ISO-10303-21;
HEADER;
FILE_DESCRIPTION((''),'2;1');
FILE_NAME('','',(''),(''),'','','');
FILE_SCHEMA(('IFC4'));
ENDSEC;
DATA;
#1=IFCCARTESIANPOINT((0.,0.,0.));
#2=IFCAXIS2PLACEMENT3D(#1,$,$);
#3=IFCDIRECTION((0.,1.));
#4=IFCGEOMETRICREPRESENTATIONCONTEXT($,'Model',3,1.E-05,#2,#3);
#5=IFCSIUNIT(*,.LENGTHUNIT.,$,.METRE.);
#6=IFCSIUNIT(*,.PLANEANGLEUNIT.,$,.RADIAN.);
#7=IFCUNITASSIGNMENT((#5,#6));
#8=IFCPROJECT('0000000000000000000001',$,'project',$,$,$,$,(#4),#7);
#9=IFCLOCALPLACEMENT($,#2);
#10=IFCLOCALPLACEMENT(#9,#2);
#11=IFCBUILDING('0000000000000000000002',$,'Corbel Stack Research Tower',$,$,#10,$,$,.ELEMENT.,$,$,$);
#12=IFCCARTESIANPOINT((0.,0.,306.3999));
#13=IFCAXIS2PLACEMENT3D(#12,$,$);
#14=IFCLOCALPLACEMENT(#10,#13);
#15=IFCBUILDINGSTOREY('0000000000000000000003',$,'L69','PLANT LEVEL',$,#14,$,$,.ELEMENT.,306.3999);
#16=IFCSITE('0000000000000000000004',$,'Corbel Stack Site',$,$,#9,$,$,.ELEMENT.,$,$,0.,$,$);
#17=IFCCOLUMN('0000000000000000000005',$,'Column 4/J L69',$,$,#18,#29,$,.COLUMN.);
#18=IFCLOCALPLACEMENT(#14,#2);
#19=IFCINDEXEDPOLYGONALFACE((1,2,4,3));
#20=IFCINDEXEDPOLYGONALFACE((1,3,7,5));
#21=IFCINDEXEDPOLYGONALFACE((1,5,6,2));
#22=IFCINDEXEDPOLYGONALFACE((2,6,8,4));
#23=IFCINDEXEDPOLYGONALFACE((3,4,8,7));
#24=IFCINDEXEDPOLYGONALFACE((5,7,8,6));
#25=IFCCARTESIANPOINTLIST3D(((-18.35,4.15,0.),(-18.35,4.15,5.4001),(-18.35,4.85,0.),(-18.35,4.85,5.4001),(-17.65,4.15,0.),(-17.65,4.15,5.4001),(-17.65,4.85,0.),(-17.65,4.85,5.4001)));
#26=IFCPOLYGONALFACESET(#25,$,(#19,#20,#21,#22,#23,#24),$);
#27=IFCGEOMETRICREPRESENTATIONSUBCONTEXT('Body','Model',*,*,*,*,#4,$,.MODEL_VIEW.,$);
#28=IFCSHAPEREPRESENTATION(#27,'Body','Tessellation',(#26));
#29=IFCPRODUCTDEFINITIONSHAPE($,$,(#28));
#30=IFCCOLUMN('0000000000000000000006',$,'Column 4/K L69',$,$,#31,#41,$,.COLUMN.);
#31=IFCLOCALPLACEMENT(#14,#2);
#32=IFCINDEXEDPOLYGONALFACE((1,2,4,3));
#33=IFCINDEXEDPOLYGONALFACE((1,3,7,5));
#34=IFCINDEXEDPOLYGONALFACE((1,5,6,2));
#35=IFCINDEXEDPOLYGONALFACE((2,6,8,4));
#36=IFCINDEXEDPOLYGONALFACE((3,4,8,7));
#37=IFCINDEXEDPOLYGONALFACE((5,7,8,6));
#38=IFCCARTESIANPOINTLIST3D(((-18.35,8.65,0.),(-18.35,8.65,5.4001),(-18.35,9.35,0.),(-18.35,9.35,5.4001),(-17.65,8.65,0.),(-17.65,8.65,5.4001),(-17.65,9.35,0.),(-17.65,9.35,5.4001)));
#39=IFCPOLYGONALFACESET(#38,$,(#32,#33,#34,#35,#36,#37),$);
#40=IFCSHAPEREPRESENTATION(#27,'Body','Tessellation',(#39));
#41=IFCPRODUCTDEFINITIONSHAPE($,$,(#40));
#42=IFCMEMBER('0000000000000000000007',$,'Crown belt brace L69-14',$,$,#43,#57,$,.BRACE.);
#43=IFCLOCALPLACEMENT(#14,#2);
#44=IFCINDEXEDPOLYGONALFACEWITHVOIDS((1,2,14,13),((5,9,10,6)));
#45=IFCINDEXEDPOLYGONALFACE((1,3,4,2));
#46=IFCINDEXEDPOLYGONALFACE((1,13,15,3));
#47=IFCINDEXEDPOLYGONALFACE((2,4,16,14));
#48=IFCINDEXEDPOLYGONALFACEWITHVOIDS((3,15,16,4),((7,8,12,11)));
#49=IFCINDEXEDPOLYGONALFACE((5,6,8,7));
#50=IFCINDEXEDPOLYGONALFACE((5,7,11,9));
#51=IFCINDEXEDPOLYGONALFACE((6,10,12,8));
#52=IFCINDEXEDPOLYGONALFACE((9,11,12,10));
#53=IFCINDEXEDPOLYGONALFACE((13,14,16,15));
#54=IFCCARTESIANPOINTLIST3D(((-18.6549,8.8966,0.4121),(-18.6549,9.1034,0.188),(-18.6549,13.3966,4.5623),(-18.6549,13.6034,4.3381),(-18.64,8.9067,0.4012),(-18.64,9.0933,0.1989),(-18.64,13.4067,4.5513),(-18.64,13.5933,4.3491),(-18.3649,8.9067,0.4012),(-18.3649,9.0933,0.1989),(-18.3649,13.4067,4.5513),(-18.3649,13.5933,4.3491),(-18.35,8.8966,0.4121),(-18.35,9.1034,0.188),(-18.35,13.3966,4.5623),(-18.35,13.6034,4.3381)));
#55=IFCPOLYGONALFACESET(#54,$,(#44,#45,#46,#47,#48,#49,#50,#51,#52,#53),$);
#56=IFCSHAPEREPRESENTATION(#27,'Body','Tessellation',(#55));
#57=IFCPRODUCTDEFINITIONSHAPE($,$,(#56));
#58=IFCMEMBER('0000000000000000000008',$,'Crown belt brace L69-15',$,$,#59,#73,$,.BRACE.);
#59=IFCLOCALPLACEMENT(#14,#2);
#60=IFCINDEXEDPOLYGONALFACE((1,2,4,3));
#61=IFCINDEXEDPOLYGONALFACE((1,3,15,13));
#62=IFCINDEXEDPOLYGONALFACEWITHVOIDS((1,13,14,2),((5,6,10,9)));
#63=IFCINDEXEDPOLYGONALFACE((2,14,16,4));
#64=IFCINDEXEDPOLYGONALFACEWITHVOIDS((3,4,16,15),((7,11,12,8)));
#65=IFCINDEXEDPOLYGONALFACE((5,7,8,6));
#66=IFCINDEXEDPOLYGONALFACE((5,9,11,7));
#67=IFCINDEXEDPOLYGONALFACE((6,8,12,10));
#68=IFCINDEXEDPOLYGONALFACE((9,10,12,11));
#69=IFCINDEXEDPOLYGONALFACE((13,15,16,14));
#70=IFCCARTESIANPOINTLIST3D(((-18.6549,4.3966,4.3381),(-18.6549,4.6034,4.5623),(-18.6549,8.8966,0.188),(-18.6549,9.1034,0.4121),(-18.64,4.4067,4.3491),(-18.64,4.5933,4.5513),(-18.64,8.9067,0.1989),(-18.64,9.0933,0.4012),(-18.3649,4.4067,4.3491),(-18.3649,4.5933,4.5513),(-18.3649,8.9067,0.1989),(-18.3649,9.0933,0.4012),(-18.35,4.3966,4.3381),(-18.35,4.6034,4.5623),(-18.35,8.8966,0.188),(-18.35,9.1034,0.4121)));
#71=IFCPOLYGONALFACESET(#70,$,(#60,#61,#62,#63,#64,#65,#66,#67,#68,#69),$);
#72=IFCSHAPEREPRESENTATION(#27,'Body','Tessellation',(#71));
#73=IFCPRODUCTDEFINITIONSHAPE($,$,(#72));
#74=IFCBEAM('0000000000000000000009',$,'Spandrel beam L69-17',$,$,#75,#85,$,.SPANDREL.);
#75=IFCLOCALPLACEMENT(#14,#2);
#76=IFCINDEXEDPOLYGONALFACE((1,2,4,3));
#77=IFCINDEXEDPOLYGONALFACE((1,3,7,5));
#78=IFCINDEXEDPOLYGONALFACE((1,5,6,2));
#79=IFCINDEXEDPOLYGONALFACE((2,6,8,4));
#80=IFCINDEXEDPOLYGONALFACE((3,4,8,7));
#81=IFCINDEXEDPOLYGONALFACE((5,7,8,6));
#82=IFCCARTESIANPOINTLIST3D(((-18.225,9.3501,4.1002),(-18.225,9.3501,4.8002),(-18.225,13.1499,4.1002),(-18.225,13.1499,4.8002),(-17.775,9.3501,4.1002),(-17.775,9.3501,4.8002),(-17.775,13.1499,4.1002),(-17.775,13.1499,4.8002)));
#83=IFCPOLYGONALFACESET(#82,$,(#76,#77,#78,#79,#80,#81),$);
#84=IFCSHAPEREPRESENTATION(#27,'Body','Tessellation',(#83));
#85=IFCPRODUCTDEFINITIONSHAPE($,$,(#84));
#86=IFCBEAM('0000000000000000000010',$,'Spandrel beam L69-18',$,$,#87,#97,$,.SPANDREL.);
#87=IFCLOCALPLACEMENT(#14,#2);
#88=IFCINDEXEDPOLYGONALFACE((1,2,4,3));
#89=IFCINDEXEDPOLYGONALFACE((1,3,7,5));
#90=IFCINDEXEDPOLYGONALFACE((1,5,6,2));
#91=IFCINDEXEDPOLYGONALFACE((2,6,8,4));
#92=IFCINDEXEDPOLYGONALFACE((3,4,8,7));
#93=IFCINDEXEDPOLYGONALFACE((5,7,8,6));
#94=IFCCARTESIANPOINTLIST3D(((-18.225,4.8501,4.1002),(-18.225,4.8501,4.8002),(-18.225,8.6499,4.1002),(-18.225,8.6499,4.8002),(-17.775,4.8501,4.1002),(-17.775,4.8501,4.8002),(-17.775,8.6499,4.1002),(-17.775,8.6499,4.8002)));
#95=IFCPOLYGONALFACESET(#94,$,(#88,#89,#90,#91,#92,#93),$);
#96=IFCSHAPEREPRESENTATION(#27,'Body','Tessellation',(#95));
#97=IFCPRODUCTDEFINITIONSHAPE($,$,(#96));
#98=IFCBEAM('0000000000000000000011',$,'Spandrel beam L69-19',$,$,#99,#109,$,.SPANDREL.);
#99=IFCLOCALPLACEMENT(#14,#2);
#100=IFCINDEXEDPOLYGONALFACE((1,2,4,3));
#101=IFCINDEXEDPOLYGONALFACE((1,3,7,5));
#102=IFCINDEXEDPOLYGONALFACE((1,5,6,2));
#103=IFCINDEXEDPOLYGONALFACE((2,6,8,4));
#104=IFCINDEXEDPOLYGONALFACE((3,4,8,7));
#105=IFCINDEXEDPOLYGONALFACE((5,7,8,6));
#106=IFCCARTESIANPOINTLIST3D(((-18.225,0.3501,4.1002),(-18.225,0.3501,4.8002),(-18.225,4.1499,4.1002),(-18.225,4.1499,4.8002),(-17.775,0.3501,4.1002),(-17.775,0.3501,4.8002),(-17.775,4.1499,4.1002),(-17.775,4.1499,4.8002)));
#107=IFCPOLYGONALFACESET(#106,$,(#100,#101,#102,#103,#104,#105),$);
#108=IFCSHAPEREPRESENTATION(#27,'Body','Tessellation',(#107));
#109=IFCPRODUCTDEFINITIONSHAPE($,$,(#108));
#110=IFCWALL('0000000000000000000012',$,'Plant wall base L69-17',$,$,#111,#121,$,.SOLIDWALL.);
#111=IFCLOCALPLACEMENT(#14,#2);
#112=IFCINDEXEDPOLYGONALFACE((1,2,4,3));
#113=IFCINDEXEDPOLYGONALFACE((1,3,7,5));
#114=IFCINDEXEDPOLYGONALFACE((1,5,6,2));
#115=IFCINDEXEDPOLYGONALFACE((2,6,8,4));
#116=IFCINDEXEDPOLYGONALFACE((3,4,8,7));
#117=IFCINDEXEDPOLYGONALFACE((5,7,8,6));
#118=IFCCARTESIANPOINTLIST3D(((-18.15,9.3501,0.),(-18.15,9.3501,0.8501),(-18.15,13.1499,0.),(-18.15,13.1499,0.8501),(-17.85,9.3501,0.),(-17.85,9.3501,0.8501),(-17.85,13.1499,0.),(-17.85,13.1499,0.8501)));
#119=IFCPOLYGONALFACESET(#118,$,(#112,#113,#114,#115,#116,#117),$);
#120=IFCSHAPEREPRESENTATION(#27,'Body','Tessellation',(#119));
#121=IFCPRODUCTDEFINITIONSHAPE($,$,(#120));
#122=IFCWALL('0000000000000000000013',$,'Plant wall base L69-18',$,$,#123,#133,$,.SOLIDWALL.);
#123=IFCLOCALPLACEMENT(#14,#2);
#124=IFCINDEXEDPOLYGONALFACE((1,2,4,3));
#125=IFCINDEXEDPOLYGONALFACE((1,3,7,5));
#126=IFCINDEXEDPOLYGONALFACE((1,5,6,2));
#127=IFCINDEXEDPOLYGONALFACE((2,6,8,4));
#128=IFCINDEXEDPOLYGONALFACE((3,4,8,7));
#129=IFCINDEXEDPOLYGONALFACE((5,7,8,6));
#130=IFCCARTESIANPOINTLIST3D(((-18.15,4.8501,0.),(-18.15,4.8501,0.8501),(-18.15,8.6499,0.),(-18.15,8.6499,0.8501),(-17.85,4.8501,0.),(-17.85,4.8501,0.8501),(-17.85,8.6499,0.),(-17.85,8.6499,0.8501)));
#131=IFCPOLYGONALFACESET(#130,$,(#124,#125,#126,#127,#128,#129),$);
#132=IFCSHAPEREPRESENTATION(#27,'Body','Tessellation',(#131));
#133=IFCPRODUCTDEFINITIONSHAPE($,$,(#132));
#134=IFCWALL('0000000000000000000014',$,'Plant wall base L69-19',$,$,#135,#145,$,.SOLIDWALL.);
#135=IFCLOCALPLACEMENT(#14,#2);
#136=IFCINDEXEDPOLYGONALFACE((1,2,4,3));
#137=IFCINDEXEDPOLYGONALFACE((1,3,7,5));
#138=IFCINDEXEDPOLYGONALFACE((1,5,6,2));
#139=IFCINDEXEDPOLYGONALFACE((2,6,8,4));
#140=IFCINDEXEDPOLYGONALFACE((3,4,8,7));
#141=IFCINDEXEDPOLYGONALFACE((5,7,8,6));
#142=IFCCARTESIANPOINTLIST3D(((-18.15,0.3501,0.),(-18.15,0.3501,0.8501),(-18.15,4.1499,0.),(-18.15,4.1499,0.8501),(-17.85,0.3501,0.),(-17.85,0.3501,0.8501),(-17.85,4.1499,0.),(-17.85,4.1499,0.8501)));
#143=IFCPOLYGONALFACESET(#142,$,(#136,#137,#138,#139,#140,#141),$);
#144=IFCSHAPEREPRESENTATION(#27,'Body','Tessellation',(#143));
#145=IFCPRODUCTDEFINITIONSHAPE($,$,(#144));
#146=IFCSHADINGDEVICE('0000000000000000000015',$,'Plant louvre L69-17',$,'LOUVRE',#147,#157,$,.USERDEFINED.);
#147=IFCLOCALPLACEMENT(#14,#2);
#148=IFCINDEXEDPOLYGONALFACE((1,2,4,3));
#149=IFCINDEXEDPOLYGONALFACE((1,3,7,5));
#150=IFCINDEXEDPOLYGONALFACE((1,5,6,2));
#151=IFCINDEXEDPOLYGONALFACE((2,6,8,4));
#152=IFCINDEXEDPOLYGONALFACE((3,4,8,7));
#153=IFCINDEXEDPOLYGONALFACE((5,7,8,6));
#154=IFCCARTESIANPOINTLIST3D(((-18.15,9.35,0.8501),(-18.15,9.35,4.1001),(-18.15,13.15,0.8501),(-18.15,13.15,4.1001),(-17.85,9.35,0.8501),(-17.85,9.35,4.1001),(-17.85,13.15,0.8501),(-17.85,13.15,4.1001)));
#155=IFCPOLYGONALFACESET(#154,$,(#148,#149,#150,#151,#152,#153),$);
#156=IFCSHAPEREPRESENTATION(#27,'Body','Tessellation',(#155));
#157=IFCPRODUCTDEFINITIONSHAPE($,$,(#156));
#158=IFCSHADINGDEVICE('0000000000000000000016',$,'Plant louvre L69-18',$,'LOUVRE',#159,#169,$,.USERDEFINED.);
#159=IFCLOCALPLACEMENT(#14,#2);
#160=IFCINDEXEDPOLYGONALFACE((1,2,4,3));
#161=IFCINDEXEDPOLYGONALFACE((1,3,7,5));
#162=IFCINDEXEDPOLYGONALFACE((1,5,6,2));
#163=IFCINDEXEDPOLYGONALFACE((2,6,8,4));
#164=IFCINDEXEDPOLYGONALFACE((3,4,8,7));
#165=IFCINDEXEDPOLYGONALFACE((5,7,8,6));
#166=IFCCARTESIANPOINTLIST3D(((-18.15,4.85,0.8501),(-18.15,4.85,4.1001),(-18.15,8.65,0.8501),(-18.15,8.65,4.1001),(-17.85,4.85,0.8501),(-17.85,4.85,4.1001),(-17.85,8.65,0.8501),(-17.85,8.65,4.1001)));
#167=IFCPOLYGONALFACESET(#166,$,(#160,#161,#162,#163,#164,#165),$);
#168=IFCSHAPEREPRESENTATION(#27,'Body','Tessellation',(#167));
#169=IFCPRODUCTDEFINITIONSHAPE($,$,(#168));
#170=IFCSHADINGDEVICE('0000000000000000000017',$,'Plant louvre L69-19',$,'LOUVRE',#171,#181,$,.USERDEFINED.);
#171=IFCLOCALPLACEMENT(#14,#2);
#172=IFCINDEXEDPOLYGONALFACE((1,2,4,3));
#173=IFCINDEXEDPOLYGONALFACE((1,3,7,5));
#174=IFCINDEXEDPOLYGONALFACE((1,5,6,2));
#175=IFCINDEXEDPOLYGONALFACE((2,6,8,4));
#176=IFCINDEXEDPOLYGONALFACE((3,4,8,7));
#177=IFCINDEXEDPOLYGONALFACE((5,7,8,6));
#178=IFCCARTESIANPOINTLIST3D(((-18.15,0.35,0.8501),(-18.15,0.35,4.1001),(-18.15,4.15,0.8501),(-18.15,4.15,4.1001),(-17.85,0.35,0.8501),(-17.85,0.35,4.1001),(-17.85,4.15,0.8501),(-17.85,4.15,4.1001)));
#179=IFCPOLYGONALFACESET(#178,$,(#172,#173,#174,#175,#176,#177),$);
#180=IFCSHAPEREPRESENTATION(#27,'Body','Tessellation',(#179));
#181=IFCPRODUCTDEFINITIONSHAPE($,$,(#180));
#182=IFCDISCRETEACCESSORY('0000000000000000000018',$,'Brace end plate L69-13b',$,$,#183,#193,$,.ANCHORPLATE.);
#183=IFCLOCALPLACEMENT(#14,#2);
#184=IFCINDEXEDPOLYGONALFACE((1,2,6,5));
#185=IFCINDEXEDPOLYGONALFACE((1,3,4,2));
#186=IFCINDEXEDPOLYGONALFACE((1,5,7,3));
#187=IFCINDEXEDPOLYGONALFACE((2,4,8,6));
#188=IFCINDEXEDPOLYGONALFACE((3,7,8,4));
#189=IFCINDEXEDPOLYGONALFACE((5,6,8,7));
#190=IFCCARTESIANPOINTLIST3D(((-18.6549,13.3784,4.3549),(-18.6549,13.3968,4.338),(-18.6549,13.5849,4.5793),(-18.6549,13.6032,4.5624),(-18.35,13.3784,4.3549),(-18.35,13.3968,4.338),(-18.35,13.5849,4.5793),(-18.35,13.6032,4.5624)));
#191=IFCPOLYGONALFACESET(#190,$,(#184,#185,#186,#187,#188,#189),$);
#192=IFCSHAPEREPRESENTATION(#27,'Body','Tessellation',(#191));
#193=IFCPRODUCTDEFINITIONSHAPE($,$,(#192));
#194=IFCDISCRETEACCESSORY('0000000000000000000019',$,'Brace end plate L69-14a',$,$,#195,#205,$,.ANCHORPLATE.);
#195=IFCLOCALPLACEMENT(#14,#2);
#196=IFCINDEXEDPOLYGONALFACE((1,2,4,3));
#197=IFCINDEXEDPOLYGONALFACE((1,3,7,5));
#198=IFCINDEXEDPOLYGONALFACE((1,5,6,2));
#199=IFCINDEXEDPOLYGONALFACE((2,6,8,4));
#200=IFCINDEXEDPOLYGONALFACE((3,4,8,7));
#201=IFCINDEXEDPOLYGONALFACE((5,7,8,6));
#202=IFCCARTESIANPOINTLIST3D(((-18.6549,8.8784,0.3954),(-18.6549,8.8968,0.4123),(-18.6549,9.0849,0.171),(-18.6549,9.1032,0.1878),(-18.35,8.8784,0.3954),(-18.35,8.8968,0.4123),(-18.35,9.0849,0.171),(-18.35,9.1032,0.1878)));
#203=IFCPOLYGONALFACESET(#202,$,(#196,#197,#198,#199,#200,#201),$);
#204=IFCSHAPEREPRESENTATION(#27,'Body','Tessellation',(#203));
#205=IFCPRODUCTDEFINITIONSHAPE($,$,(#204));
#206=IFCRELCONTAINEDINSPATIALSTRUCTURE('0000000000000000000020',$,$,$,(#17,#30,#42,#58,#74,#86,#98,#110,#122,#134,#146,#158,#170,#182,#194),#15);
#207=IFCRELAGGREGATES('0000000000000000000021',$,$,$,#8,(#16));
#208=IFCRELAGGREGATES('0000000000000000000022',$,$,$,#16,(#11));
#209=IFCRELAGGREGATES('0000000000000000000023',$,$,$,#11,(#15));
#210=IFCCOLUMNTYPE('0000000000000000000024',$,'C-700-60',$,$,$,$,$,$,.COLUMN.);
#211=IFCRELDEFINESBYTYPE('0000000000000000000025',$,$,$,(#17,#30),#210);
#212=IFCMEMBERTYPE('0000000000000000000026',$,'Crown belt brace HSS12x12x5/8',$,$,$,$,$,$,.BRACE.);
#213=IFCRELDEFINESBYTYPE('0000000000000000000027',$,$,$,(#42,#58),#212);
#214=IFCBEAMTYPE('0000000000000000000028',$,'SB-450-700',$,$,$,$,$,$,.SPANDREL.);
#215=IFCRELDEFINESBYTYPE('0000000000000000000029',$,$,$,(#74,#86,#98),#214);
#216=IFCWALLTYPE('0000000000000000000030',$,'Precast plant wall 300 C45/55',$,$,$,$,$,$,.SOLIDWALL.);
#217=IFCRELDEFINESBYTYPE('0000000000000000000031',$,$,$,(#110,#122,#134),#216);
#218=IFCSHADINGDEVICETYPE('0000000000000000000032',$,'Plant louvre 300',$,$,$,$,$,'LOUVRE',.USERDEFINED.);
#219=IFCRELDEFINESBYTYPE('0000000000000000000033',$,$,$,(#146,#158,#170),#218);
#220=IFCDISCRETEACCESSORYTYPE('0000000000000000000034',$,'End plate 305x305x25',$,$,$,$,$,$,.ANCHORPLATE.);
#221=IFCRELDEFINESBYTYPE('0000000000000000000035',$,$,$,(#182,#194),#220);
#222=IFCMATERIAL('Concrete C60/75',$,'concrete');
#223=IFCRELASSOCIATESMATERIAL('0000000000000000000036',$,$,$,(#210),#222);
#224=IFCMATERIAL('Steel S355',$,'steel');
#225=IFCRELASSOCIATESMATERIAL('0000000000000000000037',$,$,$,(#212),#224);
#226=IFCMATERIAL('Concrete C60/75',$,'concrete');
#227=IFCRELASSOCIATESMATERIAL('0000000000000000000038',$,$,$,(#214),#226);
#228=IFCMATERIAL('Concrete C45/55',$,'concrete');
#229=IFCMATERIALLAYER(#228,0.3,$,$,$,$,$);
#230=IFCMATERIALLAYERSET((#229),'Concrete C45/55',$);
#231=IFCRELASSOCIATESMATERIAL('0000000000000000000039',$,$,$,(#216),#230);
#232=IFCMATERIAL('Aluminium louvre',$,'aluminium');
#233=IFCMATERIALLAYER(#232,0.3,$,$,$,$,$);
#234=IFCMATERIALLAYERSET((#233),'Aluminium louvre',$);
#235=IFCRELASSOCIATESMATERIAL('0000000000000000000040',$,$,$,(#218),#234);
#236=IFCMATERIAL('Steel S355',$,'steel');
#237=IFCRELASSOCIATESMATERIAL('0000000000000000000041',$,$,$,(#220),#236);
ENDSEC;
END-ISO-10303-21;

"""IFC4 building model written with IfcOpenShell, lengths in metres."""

from ifc_helpers import new_model, si_unit, direction, frame, frame_2d, origin, origin_2d, place, context, subcontext, project, spatial, rectangle, hollow_rectangle, extrude, material, layer, layer_set, material_profile, profile_set, type_object, element, save


model = new_model("IFC4")

# Units and contexts
model_context = context("Model", 3, precision=1e-05, world=origin(), true_north=direction((0.0, 1.0)))
body_context = subcontext(model_context, "Body", "Model", "MODEL_VIEW")
ifc_project = project(units=[si_unit("LENGTHUNIT", "METRE"), si_unit("PLANEANGLEUNIT", "RADIAN")], contexts=[model_context])

# Site, building, storey
site_placement = place(None, origin())
site = spatial("IfcSite", under=ifc_project, at=site_placement, Name="Corbel Stack Site", CompositionType="ELEMENT", RefElevation=0.0)
building_placement = place(site_placement, origin())
building = spatial("IfcBuilding", under=site, at=building_placement, Name="Corbel Stack Research Tower", CompositionType="ELEMENT")
storey_placement = place(building_placement, frame((0.0, 0.0, 306.3999)))
storey = spatial("IfcBuildingStorey", under=building, at=storey_placement, Name="L69", Description="PLANT LEVEL", CompositionType="ELEMENT", Elevation=306.3999)

# Columns
ifc_material_1 = material(Name="Concrete C60/75", Category="concrete")
ifc_material_profile_1 = material_profile(ifc_material_1, rectangle(XDim=0.7, YDim=0.7, at=origin_2d()), Name="RC 700 x 700")
ifc_profile_set_1 = profile_set([ifc_material_profile_1], Name="Concrete C60/75")
column_type = type_object("IfcColumnType", Name="C-700-60", PredefinedType="COLUMN", material=ifc_profile_set_1)
for number, where, z_axis, x_axis, name in (
    (1, (-18.0, 4.5, 0.0), (0.0, 0.0, 1.0), (1.0, 0.0, 0.0), "Column 4/J L69"),
    (2, (-18.0, 9.0, 0.0), (0.0, 0.0, 1.0), (1.0, 0.0, 0.0), "Column 4/K L69"),
):
    element("IfcColumn", number, at=place(storey_placement, frame(where, z_axis=z_axis, x_axis=x_axis)), inside=storey, type_object=column_type, Name=name, PredefinedType="COLUMN", context=body_context, shape_type="SweptSolid", body=[
        extrude(rectangle(XDim=0.7, YDim=0.7, at=origin_2d()), origin(), (0.0, 0.0, 1.0), 5.4001),
    ])

# Members
ifc_material_2 = material(Name="Steel S355", Category="steel")
ifc_material_profile_2 = material_profile(ifc_material_2, hollow_rectangle(XDim=0.3049, YDim=0.3049, WallThickness=0.0149, at=origin_2d()), Name="HSS12x12x5/8")
ifc_profile_set_2 = profile_set([ifc_material_profile_2], Name="Steel S355")
member_type = type_object("IfcMemberType", Name="Crown belt brace HSS12x12x5/8", PredefinedType="BRACE", material=ifc_profile_set_2)
for number, where, z_axis, x_axis, name in (
    (3, (-18.5024, 9.0, 0.3), (0.0, 0.735105, 0.677954), (-1.0, 0.0, 0.0), "Crown belt brace L69-14"),
    (4, (-18.5024, 9.0, 0.3), (0.0, -0.735105, 0.677954), (1.0, 0.0, 0.0), "Crown belt brace L69-15"),
):
    element("IfcMember", number, at=place(storey_placement, frame(where, z_axis=z_axis, x_axis=x_axis)), inside=storey, type_object=member_type, Name=name, PredefinedType="BRACE", context=body_context, shape_type="SweptSolid", body=[
        extrude(hollow_rectangle(XDim=0.3049, YDim=0.3049, WallThickness=0.0149, at=origin_2d()), origin(), (0.0, 0.0, 1.0), 6.1216),
    ])

# Beams
ifc_material_3 = material(Name="Concrete C60/75", Category="concrete")
ifc_material_profile_3 = material_profile(ifc_material_3, rectangle(XDim=0.45, YDim=0.7, at=origin_2d()), Name="RC 450 x 700")
ifc_profile_set_3 = profile_set([ifc_material_profile_3], Name="Concrete C60/75")
beam_type = type_object("IfcBeamType", Name="SB-450-700", PredefinedType="SPANDREL", material=ifc_profile_set_3)
for number, where, z_axis, x_axis, name in (
    (5, (-18.0, 13.1499, 4.4502), (0.0, -1.0, 0.0), (1.0, 0.0, 0.0), "Spandrel beam L69-17"),
    (6, (-18.0, 8.6499, 4.4502), (0.0, -1.0, 0.0), (1.0, 0.0, 0.0), "Spandrel beam L69-18"),
    (7, (-18.0, 4.1499, 4.4502), (0.0, -1.0, 0.0), (1.0, 0.0, 0.0), "Spandrel beam L69-19"),
):
    element("IfcBeam", number, at=place(storey_placement, frame(where, z_axis=z_axis, x_axis=x_axis)), inside=storey, type_object=beam_type, Name=name, PredefinedType="SPANDREL", context=body_context, shape_type="SweptSolid", body=[
        extrude(rectangle(XDim=0.45, YDim=0.7, at=origin_2d()), origin(), (0.0, 0.0, 1.0), 3.7998),
    ])

# Walls
ifc_material_4 = material(Name="Concrete C45/55", Category="concrete")
ifc_layer_1 = layer(ifc_material_4, 0.3)
ifc_layer_set_1 = layer_set([ifc_layer_1], Name="Concrete C45/55")
wall_type = type_object("IfcWallType", Name="Precast plant wall 300 C45/55", PredefinedType="SOLIDWALL", material=ifc_layer_set_1)
for number, where, z_axis, x_axis, name in (
    (8, (-18.0, 13.1499, 0.0), (0.0, 0.0, 1.0), (0.0, -1.0, 0.0), "Plant wall base L69-17"),
    (9, (-18.0, 8.6499, 0.0), (0.0, 0.0, 1.0), (0.0, -1.0, 0.0), "Plant wall base L69-18"),
    (10, (-18.0, 4.1499, 0.0), (0.0, 0.0, 1.0), (0.0, -1.0, 0.0), "Plant wall base L69-19"),
):
    element("IfcWall", number, at=place(storey_placement, frame(where, z_axis=z_axis, x_axis=x_axis)), inside=storey, type_object=wall_type, Name=name, PredefinedType="SOLIDWALL", context=body_context, shape_type="SweptSolid", body=[
        extrude(rectangle(XDim=3.7998, YDim=0.3, at=frame_2d((1.8999, 0.0))), origin(), (0.0, 0.0, 1.0), 0.8501),
    ])

# Shading devices
ifc_material_5 = material(Name="Aluminium louvre", Category="aluminium")
ifc_layer_2 = layer(ifc_material_5, 0.3)
ifc_layer_set_2 = layer_set([ifc_layer_2], Name="Aluminium louvre")
shading_device_type = type_object("IfcShadingDeviceType", Name="Plant louvre 300", ElementType="LOUVRE", PredefinedType="USERDEFINED", material=ifc_layer_set_2)
for number, where, z_axis, x_axis, name in (
    (11, (-18.0, 11.25, 0.8501), (0.0, 0.0, 1.0), (0.0, -1.0, 0.0), "Plant louvre L69-17"),
    (12, (-18.0, 6.75, 0.8501), (0.0, 0.0, 1.0), (0.0, -1.0, 0.0), "Plant louvre L69-18"),
    (13, (-18.0, 2.25, 0.8501), (0.0, 0.0, 1.0), (0.0, -1.0, 0.0), "Plant louvre L69-19"),
):
    element("IfcShadingDevice", number, at=place(storey_placement, frame(where, z_axis=z_axis, x_axis=x_axis)), inside=storey, type_object=shading_device_type, Name=name, ObjectType="LOUVRE", PredefinedType="USERDEFINED", context=body_context, shape_type="SweptSolid", body=[
        extrude(rectangle(XDim=3.8, YDim=0.3, at=origin_2d()), origin(), (0.0, 0.0, 1.0), 3.25),
    ])

# Discrete accessories
ifc_material_6 = material(Name="Steel S355", Category="steel")
ifc_material_profile_4 = material_profile(ifc_material_6, rectangle(XDim=0.3049, YDim=0.3049, at=origin_2d()), Name="End plate 305x305x25")
ifc_profile_set_4 = profile_set([ifc_material_profile_4], Name="Steel S355")
discrete_accessory_type = type_object("IfcDiscreteAccessoryType", Name="End plate 305x305x25", PredefinedType="ANCHORPLATE", material=ifc_profile_set_4)
for number, where, z_axis, x_axis, name in (
    (14, (-18.5024, 13.5, 4.4502), (0.0, -0.735931, 0.677057), (1.0, 0.0, 0.0), "Brace end plate L69-13b"),
    (15, (-18.5024, 9.0, 0.3), (0.0, -0.735931, -0.677057), (1.0, 0.0, 0.0), "Brace end plate L69-14a"),
):
    element("IfcDiscreteAccessory", number, at=place(storey_placement, frame(where, z_axis=z_axis, x_axis=x_axis)), inside=storey, type_object=discrete_accessory_type, Name=name, PredefinedType="ANCHORPLATE", context=body_context, shape_type="SweptSolid", body=[
        extrude(rectangle(XDim=0.3049, YDim=0.3049, at=origin_2d()), origin(), (0.0, 0.0, 1.0), 0.0249),
    ])

save(model, "model.ifc")
